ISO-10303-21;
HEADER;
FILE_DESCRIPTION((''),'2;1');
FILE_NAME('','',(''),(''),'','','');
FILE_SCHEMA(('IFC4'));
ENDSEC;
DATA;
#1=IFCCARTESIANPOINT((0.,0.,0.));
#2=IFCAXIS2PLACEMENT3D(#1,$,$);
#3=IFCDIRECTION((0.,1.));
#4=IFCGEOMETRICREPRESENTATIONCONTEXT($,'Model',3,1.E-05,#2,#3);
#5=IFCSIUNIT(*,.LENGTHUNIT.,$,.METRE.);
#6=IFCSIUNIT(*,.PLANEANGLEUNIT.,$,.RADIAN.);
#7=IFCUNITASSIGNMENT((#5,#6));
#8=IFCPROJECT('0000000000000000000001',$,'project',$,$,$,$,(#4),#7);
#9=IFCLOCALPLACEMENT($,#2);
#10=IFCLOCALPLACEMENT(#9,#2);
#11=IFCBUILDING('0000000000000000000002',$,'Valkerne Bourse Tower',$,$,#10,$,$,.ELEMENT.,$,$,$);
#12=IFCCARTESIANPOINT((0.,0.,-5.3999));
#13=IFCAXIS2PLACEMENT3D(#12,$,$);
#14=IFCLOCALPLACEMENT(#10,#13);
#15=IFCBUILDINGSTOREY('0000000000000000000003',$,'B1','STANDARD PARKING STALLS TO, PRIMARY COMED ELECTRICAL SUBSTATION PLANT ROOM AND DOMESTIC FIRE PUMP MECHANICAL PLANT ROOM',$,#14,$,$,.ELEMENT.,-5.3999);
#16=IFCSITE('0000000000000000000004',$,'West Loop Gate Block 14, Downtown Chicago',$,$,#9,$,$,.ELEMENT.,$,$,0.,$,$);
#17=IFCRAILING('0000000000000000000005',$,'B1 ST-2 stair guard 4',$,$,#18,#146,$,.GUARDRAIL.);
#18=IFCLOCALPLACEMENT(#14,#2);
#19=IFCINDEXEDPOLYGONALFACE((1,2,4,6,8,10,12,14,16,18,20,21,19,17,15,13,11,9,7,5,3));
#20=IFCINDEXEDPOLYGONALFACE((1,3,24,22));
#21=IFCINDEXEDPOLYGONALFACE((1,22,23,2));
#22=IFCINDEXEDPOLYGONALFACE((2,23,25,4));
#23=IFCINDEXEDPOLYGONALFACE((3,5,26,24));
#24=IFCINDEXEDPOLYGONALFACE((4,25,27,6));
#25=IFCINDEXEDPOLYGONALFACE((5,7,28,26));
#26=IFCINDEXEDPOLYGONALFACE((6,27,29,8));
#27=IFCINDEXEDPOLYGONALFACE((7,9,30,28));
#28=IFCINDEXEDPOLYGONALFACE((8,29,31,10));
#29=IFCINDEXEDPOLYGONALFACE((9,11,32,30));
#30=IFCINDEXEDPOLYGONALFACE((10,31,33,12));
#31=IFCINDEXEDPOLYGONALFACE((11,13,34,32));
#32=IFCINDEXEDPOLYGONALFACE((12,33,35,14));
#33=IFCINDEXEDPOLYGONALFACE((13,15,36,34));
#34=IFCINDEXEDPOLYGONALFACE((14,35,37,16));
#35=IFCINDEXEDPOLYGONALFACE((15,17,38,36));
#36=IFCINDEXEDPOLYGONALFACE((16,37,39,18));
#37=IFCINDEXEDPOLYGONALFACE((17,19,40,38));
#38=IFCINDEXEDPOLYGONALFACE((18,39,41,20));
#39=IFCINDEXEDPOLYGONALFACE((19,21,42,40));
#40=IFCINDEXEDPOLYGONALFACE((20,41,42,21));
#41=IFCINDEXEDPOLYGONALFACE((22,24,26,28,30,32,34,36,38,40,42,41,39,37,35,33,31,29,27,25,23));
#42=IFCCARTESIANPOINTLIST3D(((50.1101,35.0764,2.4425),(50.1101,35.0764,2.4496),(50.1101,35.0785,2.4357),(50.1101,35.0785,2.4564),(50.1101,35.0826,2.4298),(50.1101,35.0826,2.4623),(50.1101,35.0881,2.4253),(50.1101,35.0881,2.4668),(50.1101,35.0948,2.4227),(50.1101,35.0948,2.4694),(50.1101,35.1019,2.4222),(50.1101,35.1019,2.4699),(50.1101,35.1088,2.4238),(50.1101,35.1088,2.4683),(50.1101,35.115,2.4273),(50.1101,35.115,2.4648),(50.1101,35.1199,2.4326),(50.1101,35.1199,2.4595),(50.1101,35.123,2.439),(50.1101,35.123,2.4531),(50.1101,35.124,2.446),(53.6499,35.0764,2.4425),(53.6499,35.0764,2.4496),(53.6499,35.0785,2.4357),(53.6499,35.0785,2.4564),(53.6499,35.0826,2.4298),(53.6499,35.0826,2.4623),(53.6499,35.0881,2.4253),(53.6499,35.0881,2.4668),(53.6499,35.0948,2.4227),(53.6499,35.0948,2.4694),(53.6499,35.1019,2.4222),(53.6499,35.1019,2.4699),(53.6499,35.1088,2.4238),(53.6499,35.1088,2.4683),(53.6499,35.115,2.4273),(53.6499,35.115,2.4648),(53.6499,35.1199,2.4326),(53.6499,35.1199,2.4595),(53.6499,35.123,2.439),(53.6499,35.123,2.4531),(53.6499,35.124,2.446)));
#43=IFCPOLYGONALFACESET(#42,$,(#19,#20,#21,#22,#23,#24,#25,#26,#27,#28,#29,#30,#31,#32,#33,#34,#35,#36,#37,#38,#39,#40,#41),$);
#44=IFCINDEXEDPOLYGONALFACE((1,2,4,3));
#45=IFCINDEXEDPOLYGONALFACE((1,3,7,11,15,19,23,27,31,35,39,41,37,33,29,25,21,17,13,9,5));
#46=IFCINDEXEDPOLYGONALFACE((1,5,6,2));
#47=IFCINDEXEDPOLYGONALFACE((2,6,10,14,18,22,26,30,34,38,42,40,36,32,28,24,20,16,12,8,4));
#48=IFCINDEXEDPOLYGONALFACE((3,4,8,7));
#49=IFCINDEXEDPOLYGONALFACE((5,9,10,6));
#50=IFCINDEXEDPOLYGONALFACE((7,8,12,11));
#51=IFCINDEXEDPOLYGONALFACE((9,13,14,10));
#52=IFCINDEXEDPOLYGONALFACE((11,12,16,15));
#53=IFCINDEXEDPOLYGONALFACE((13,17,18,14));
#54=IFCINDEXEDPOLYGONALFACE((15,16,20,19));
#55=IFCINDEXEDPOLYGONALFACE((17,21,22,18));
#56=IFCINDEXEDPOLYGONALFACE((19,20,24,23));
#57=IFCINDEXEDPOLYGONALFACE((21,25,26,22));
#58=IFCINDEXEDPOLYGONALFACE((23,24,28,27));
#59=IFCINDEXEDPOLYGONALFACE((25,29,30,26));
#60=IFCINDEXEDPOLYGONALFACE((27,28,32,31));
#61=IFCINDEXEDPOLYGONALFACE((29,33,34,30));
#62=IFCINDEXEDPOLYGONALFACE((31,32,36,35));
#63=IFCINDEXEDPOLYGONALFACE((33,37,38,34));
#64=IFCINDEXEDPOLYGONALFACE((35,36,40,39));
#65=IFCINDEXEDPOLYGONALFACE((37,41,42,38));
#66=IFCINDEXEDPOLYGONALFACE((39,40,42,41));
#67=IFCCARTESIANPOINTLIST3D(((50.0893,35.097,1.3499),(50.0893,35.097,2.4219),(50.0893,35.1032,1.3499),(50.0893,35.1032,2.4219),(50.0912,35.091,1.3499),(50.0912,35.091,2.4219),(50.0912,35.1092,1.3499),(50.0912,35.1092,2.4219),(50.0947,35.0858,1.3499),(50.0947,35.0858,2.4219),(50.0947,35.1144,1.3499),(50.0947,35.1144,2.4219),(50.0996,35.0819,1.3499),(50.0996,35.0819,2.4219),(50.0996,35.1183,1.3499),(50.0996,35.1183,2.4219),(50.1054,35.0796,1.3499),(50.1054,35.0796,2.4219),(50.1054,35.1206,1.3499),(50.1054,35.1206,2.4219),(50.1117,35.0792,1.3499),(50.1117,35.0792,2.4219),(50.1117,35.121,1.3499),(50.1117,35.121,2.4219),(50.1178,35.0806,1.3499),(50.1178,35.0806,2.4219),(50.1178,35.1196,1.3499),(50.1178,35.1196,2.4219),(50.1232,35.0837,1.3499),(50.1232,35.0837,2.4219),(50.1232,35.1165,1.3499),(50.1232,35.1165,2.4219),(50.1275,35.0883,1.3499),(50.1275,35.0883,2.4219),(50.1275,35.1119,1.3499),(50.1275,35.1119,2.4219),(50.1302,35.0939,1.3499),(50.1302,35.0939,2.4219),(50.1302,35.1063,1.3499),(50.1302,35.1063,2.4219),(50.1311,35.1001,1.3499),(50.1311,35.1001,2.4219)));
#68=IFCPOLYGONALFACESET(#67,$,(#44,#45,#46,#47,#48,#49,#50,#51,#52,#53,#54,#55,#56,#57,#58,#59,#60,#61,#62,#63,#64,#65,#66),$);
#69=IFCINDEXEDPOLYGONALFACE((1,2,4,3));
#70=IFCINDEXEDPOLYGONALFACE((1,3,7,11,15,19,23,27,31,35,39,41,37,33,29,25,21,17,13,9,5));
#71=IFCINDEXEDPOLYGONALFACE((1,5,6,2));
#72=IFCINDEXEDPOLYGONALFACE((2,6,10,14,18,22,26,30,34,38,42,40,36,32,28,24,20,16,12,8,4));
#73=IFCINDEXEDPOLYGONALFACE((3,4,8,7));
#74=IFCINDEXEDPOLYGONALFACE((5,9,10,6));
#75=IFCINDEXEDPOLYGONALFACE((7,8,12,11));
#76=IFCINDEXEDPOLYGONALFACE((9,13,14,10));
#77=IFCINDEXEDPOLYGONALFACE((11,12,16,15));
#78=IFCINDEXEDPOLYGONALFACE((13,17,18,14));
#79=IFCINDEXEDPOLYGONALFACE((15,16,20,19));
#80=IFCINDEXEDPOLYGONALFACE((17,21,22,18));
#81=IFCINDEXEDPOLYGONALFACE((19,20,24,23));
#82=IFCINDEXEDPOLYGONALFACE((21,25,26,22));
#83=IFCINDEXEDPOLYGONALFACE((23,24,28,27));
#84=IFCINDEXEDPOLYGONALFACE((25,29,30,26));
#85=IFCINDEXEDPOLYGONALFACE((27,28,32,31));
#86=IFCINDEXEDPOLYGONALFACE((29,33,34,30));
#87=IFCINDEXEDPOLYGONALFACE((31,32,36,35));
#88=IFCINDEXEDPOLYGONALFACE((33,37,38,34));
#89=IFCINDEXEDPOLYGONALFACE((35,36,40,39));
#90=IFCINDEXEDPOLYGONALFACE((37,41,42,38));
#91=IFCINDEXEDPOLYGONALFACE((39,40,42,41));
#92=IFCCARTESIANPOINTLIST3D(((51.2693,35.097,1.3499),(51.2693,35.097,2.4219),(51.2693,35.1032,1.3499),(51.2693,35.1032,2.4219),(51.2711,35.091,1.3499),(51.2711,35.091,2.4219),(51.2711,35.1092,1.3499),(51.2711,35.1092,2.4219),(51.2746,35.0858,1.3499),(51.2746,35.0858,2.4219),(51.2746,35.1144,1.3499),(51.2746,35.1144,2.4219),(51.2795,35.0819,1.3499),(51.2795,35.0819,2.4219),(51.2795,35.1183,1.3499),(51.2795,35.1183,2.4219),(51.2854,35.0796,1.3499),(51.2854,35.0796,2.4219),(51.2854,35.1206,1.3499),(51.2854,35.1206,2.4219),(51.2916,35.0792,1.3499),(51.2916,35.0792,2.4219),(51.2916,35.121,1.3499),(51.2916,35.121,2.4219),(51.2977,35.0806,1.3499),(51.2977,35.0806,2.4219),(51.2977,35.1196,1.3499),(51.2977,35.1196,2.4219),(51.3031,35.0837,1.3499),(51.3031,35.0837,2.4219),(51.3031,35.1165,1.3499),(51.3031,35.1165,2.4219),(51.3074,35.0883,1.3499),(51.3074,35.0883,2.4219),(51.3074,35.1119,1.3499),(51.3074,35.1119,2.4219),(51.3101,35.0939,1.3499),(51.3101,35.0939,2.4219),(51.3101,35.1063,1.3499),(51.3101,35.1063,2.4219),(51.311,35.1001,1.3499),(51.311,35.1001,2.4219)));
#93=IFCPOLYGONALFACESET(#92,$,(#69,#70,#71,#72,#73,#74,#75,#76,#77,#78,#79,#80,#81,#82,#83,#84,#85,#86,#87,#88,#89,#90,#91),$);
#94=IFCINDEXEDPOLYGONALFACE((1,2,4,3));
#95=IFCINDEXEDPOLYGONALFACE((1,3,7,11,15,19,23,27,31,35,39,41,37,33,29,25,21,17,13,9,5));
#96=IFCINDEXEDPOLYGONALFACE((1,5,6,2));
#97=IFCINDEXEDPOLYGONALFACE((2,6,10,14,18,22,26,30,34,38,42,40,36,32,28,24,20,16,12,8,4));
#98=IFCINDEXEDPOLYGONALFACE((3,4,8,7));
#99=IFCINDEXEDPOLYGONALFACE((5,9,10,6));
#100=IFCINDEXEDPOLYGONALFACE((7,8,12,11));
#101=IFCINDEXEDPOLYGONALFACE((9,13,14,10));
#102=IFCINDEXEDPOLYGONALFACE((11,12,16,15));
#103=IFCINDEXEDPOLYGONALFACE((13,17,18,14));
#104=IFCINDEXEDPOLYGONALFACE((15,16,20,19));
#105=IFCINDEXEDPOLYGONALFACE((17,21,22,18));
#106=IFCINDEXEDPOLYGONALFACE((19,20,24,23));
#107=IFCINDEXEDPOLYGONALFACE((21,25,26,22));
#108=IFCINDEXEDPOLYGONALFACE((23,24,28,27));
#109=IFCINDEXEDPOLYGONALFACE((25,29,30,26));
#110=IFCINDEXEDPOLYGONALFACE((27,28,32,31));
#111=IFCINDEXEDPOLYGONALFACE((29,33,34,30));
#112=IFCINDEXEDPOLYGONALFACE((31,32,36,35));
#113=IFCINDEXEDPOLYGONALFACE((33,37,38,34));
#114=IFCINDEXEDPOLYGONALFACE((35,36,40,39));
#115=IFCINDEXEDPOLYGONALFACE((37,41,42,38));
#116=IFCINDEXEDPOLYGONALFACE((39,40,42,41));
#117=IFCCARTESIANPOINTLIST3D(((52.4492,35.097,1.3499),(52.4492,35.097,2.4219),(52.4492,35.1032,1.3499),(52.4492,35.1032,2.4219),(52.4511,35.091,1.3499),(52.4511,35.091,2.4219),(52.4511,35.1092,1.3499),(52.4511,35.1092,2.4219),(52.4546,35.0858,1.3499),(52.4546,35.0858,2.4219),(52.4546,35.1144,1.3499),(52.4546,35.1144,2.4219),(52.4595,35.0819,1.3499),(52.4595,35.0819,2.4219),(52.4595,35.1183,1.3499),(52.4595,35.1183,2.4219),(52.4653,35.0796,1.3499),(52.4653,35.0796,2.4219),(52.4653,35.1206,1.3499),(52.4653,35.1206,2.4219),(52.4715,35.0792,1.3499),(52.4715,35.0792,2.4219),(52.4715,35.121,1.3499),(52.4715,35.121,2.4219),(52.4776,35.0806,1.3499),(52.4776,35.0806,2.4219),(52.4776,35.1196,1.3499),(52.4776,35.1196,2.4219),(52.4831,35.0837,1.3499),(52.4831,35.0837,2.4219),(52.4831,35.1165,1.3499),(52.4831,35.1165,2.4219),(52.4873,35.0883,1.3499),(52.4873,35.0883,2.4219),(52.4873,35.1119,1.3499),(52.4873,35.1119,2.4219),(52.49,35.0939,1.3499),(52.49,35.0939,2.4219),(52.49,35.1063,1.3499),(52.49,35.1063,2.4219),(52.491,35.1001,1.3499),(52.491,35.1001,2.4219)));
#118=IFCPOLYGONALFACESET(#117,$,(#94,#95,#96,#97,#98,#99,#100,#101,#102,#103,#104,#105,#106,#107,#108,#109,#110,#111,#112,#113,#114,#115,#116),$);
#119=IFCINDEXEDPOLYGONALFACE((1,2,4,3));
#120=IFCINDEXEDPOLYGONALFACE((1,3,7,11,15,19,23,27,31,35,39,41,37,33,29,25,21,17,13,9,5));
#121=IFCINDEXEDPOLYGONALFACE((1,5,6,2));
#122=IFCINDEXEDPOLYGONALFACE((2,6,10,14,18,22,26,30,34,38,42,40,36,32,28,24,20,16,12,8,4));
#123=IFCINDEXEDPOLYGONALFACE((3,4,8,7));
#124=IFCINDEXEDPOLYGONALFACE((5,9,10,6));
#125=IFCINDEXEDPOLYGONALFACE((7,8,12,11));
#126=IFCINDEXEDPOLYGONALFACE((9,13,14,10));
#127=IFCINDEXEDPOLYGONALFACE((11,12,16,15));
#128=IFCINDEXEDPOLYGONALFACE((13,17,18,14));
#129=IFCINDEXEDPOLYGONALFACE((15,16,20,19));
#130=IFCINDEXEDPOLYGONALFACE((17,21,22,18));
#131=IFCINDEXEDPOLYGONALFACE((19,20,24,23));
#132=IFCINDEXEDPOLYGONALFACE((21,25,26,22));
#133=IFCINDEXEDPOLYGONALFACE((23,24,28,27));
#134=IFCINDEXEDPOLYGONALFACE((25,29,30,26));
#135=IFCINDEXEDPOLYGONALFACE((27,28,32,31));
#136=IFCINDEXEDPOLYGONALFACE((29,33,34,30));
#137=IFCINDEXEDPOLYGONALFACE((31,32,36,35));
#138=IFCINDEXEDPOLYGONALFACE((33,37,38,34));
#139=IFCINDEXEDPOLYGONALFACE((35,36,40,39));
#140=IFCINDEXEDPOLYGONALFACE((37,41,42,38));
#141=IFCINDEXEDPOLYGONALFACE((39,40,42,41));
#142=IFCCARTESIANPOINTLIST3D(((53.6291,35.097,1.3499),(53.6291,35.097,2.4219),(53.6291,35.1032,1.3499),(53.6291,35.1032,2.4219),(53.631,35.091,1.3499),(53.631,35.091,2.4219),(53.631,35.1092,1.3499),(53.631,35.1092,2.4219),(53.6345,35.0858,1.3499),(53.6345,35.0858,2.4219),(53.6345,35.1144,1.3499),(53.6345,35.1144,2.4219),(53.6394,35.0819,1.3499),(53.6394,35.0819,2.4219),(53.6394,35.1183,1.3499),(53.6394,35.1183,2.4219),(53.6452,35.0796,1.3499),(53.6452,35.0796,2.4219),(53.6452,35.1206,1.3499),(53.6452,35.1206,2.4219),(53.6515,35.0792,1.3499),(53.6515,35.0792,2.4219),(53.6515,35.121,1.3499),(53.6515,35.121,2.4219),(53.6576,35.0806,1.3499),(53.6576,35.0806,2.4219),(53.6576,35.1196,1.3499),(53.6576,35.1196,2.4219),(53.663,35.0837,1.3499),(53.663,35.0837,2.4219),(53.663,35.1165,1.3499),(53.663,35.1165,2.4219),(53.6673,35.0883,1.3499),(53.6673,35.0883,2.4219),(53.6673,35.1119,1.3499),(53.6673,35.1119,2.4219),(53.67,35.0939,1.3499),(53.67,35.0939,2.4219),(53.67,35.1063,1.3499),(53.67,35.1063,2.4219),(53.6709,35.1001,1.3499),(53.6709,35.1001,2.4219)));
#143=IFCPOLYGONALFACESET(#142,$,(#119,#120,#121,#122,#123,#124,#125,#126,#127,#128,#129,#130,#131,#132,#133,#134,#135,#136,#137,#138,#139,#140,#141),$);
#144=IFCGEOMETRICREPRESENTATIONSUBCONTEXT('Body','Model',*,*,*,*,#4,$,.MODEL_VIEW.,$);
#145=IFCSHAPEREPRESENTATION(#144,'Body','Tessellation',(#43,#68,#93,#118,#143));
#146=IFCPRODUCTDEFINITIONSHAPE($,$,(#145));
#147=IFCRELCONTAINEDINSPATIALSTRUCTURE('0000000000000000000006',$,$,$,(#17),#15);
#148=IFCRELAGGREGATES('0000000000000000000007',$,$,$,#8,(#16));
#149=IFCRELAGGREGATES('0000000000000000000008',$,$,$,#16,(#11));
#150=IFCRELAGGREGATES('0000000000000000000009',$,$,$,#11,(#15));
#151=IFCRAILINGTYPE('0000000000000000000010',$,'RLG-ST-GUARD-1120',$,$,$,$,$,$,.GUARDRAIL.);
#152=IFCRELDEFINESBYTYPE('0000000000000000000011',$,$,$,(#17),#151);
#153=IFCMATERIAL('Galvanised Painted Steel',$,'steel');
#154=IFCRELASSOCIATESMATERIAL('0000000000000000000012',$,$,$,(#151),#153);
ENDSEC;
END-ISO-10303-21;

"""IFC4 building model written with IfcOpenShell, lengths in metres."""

from ifc_helpers import new_model, si_unit, direction, frame, origin, origin_2d, place, context, subcontext, project, spatial, circle, extrude, material, type_object, element, save


model = new_model("IFC4")

# Units and contexts
model_context = context("Model", 3, precision=1e-05, world=origin(), true_north=direction((0.0, 1.0)))
body_context = subcontext(model_context, "Body", "Model", "MODEL_VIEW")
ifc_project = project(units=[si_unit("LENGTHUNIT", "METRE"), si_unit("PLANEANGLEUNIT", "RADIAN")], contexts=[model_context])

# Site, building, storey
site_placement = place(None, origin())
site = spatial("IfcSite", under=ifc_project, at=site_placement, Name="West Loop Gate Block 14, Downtown Chicago", CompositionType="ELEMENT", RefElevation=0.0)
building_placement = place(site_placement, origin())
building = spatial("IfcBuilding", under=site, at=building_placement, Name="Valkerne Bourse Tower", CompositionType="ELEMENT")
storey_placement = place(building_placement, frame((0.0, 0.0, -5.3999)))
storey = spatial("IfcBuildingStorey", under=building, at=storey_placement, Name="B1", Description="STANDARD PARKING STALLS TO, PRIMARY COMED ELECTRICAL SUBSTATION PLANT ROOM AND DOMESTIC FIRE PUMP MECHANICAL PLANT ROOM", CompositionType="ELEMENT", Elevation=-5.3999)

# Railing
ifc_material_1 = material(Name="Galvanised Painted Steel", Category="steel")
railing_type_1 = type_object("IfcRailingType", Name="RLG-ST-GUARD-1120", PredefinedType="GUARDRAIL", material=ifc_material_1)
railing_1_placement = place(storey_placement, frame((50.1101, 35.1001, 1.3499)))
element("IfcRailing", 1, at=railing_1_placement, inside=storey, type_object=railing_type_1, Name="B1 ST-2 stair guard 4", PredefinedType="GUARDRAIL", context=body_context, shape_type="SweptSolid", body=[
    extrude(circle(Radius=0.0239, at=origin_2d()), frame((0.0, 0.0, 1.0962), z_axis=(1.0, 0.0, 0.0), x_axis=(0.0, 1.0, 0.0)), (0.0, 0.0, 1.0), 3.5398),
    extrude(circle(Radius=0.021, at=origin_2d()), origin(), (0.0, 0.0, 1.0), 1.072),
    extrude(circle(Radius=0.021, at=origin_2d()), frame((1.1799, 0.0, 0.0)), (0.0, 0.0, 1.0), 1.072),
    extrude(circle(Radius=0.021, at=origin_2d()), frame((2.3599, 0.0, 0.0)), (0.0, 0.0, 1.0), 1.072),
    extrude(circle(Radius=0.021, at=origin_2d()), frame((3.5398, 0.0, 0.0)), (0.0, 0.0, 1.0), 1.072),
])

save(model, "model.ifc")
